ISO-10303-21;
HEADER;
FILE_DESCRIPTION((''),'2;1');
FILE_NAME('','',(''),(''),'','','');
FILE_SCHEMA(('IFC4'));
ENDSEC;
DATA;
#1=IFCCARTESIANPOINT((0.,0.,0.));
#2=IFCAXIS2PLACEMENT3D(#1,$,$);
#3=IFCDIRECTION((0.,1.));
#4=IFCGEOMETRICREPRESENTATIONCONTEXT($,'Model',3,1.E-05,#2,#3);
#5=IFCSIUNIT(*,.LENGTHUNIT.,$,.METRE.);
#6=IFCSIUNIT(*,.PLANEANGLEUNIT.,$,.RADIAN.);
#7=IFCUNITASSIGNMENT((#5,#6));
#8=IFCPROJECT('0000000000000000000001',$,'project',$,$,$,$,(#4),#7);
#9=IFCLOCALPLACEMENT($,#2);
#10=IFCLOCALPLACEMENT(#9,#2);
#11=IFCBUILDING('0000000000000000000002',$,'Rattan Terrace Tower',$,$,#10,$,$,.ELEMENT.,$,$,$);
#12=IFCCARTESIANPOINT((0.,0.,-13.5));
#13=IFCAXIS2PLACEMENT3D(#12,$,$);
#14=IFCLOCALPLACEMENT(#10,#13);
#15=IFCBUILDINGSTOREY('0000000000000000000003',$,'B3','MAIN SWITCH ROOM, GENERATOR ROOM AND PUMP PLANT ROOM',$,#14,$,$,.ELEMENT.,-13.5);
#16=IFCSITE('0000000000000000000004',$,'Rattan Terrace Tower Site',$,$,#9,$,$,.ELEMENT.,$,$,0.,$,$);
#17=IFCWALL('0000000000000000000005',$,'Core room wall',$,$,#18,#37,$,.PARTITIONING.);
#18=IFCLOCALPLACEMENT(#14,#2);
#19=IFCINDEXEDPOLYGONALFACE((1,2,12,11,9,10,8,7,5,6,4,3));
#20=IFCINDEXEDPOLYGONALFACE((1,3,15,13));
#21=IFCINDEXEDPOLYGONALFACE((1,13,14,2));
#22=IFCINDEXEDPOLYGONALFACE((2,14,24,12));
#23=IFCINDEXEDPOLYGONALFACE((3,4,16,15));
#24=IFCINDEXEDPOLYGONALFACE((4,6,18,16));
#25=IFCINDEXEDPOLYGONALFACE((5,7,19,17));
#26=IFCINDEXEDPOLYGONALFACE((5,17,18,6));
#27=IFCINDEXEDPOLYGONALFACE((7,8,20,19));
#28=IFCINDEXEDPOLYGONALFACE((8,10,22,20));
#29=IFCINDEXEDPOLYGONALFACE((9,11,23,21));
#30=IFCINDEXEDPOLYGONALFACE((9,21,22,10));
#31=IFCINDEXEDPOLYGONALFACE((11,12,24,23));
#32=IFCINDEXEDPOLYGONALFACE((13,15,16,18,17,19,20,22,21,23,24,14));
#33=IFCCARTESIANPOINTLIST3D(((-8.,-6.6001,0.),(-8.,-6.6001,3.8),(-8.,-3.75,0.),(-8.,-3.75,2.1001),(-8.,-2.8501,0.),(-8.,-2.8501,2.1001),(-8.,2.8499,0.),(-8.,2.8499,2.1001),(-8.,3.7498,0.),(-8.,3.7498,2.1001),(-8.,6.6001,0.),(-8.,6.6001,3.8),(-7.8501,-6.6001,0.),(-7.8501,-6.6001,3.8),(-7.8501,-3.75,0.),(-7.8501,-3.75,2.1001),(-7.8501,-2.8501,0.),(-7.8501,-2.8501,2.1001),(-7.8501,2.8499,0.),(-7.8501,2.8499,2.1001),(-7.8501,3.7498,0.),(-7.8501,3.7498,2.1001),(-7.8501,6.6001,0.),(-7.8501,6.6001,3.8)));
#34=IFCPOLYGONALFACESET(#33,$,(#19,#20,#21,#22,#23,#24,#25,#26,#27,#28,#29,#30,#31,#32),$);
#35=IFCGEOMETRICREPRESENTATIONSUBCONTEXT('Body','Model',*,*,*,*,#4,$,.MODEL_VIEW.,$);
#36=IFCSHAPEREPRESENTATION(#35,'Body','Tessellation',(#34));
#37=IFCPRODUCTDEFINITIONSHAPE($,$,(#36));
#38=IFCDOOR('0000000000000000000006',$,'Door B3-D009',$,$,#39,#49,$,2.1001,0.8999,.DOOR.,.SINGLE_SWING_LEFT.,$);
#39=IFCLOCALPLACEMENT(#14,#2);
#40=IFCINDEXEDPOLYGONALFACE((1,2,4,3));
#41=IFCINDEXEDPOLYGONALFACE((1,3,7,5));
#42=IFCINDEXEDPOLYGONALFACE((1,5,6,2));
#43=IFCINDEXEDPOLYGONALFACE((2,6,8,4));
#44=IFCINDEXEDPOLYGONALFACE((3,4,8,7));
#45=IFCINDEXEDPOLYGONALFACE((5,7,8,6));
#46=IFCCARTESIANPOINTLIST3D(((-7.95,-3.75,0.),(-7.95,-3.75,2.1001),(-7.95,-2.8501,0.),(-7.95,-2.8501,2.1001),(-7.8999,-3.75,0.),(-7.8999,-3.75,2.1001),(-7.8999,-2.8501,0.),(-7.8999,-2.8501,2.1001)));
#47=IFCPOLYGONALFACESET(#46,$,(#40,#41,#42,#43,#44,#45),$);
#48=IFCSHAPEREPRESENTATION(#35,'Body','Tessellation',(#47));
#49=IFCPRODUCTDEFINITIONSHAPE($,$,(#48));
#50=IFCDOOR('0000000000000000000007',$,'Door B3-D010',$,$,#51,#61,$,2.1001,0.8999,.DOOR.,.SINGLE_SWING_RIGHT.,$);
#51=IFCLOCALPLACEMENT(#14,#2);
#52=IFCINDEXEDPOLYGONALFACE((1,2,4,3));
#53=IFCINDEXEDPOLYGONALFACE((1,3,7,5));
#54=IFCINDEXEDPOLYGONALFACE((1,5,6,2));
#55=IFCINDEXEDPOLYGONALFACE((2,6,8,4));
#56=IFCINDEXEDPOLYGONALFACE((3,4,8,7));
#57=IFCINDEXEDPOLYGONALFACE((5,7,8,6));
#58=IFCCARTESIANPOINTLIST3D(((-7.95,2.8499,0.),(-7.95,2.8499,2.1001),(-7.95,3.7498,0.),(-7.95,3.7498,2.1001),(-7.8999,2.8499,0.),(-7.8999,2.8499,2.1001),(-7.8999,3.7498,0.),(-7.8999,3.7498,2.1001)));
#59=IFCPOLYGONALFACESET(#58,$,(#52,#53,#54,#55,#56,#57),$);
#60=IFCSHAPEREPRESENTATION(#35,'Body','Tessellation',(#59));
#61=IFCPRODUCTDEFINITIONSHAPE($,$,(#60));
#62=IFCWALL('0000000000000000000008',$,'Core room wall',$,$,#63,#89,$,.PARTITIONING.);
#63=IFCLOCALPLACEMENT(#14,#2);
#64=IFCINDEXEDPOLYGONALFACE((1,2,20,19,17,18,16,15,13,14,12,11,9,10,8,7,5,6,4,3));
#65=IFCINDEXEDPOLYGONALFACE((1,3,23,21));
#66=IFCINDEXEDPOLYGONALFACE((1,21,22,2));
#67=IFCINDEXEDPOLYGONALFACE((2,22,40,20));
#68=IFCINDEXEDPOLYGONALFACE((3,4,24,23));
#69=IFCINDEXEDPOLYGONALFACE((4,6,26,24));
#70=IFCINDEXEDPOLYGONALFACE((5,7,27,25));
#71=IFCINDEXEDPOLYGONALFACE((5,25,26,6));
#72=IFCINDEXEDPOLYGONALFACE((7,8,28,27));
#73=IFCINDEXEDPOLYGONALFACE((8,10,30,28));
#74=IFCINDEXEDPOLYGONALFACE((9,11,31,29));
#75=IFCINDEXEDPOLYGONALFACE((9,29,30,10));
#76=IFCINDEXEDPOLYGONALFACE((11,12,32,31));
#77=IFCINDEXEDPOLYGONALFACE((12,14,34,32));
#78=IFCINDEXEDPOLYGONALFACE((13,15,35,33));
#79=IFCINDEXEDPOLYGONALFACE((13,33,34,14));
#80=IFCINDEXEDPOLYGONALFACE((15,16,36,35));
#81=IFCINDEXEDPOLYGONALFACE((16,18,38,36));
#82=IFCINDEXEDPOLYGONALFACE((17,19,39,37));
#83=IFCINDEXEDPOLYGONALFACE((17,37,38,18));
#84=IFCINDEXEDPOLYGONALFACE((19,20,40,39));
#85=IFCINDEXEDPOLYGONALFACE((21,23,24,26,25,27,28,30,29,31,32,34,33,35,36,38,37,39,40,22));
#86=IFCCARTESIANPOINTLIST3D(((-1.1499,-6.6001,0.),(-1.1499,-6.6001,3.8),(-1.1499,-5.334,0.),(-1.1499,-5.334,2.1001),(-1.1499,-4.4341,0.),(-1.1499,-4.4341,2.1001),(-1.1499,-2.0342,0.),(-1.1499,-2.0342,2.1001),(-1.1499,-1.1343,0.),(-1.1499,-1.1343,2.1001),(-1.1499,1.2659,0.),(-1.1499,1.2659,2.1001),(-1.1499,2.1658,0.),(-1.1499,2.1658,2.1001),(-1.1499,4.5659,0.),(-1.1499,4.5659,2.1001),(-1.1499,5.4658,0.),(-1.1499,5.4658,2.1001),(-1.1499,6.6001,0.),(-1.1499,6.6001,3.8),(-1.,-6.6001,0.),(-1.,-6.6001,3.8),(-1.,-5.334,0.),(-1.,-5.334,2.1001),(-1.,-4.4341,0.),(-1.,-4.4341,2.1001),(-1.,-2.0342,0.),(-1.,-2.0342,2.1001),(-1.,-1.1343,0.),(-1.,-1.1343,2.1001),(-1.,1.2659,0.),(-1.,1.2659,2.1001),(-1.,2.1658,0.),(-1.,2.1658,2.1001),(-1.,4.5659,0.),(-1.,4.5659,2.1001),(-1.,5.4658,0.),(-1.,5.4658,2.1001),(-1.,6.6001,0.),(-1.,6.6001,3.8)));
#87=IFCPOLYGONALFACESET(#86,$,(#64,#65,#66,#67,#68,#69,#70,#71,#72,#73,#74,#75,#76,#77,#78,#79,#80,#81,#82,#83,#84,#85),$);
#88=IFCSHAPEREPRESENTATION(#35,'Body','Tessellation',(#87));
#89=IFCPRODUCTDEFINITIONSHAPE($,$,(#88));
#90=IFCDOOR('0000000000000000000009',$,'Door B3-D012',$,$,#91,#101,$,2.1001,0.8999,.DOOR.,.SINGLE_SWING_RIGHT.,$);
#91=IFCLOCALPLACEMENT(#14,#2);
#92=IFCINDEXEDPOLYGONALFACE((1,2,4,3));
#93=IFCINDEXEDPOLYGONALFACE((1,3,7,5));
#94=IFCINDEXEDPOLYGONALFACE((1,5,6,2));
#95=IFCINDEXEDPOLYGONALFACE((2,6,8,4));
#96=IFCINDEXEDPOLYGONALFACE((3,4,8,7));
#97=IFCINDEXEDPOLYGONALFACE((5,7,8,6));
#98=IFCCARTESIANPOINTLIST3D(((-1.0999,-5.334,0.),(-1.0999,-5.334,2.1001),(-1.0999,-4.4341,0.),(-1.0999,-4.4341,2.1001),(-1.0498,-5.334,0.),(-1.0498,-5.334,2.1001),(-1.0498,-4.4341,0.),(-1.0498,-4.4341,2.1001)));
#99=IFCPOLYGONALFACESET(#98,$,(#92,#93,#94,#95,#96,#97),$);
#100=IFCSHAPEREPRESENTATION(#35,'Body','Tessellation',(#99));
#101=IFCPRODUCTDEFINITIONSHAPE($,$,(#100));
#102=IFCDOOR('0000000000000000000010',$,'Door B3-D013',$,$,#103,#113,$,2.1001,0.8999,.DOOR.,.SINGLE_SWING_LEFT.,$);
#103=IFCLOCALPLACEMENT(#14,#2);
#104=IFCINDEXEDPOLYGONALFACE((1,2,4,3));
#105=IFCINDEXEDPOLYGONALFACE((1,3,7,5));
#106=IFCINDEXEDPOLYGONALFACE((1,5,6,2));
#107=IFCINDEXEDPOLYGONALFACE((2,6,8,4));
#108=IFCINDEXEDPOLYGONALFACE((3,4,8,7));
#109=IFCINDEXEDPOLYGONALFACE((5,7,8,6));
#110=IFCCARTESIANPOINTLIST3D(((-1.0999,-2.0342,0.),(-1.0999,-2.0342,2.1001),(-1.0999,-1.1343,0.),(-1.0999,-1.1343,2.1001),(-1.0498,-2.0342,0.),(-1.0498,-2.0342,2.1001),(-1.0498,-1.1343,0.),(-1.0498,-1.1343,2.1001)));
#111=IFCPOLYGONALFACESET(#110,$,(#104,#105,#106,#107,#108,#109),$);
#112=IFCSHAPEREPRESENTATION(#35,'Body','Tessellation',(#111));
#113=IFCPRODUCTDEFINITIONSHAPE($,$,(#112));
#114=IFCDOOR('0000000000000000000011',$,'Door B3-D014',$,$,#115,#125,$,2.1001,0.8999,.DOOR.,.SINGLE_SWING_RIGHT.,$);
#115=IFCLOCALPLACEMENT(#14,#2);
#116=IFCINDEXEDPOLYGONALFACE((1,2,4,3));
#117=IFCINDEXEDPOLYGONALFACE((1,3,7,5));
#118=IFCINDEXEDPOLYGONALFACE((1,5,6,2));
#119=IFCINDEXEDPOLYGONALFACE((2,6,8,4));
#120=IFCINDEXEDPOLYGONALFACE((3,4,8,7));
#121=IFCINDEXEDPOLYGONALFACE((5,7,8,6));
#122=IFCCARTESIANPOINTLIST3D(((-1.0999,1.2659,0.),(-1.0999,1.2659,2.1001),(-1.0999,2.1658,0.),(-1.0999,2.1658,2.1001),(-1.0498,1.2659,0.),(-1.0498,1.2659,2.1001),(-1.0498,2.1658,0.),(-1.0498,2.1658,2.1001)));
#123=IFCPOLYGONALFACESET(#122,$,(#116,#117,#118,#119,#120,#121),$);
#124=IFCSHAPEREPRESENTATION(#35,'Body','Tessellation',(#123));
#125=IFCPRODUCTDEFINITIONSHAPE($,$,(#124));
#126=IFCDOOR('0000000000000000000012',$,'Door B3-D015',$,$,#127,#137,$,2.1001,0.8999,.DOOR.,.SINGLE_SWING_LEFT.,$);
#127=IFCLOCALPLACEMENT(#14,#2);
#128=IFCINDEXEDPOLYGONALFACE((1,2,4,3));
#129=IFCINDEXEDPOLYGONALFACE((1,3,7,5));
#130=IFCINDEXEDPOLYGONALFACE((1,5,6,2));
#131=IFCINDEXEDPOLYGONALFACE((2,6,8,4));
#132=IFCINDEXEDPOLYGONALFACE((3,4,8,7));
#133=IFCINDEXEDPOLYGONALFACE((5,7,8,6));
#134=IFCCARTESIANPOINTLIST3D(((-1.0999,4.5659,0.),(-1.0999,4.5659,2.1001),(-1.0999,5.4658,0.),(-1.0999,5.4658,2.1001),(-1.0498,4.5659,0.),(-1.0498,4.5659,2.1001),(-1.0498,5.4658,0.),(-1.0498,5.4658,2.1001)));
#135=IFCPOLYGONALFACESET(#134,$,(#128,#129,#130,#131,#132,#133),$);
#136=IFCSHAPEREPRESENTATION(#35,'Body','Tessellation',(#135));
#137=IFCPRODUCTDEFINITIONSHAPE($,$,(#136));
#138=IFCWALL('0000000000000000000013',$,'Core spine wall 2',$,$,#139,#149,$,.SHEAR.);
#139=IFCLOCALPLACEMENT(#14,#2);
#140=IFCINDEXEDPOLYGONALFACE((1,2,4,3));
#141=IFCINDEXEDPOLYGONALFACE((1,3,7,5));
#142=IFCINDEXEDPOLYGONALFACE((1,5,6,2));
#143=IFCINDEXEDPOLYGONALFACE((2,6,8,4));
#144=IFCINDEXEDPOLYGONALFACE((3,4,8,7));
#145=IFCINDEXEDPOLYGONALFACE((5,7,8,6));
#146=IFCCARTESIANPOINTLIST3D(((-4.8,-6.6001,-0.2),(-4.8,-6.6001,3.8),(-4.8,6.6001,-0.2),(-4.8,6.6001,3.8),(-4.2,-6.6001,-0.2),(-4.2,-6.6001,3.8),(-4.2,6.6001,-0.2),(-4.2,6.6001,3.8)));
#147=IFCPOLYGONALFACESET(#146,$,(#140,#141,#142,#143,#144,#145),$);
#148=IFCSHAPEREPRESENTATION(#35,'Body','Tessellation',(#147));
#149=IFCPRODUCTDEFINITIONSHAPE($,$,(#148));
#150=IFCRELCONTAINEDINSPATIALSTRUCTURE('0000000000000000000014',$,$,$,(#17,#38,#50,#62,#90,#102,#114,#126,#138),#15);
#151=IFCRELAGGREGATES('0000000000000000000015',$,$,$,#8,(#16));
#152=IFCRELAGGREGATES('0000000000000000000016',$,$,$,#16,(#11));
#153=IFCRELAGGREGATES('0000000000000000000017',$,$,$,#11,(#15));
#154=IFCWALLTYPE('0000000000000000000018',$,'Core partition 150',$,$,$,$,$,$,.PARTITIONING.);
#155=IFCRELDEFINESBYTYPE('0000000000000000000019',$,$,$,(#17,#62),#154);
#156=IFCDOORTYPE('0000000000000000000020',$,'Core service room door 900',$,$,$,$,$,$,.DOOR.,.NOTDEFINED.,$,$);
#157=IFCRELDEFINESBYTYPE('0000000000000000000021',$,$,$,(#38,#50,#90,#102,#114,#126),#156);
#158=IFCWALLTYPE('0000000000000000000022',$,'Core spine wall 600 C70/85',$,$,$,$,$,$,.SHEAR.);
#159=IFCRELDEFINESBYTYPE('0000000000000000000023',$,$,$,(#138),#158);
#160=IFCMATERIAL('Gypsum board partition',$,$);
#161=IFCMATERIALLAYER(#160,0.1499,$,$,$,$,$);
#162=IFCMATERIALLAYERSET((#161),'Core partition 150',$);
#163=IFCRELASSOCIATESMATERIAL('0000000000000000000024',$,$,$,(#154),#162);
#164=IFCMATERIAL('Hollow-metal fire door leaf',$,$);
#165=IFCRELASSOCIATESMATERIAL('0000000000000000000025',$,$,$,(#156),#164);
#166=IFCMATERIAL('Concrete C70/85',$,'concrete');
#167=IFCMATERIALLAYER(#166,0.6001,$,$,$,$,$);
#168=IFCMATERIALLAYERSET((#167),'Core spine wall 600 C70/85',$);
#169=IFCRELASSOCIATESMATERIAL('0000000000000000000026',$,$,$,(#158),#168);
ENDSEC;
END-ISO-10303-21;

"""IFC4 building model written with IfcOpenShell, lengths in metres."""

from ifc_helpers import new_model, si_unit, direction, frame, frame_2d, origin, place, context, subcontext, project, spatial, rectangle, extrude, material, layer, layer_set, type_object, element, fill, save


model = new_model("IFC4")

# Units and contexts
model_context = context("Model", 3, precision=1e-05, world=origin(), true_north=direction((0.0, 1.0)))
body_context = subcontext(model_context, "Body", "Model", "MODEL_VIEW")
ifc_project = project(units=[si_unit("LENGTHUNIT", "METRE"), si_unit("PLANEANGLEUNIT", "RADIAN")], contexts=[model_context])

# Site, building, storey
site_placement = place(None, origin())
site = spatial("IfcSite", under=ifc_project, at=site_placement, Name="Rattan Terrace Tower Site", CompositionType="ELEMENT", RefElevation=0.0)
building_placement = place(site_placement, origin())
building = spatial("IfcBuilding", under=site, at=building_placement, Name="Rattan Terrace Tower", CompositionType="ELEMENT")
storey_placement = place(building_placement, frame((0.0, 0.0, -13.5)))
storey = spatial("IfcBuildingStorey", under=building, at=storey_placement, Name="B3", Description="MAIN SWITCH ROOM, GENERATOR ROOM AND PUMP PLANT ROOM", CompositionType="ELEMENT", Elevation=-13.5)

# Walls, openings, doors
ifc_material_1 = material(Name="Gypsum board partition")
ifc_layer_1 = layer(ifc_material_1, 0.1499)
ifc_layer_set_1 = layer_set([ifc_layer_1], Name="Core partition 150")
wall_type_1 = type_object("IfcWallType", Name="Core partition 150", PredefinedType="PARTITIONING", material=ifc_layer_set_1)
wall_1_placement = place(storey_placement, frame((-7.925, -6.6001, 0.0), z_axis=(0.0, 0.0, 1.0), x_axis=(0.0, 1.0, 0.0)))
wall_1 = element("IfcWall", 1, at=wall_1_placement, inside=storey, type_object=wall_type_1, Name="Core room wall", PredefinedType="PARTITIONING", context=body_context, shape_type="SweptSolid", body=[
    extrude(rectangle(XDim=13.2002, YDim=0.1499, at=frame_2d((6.6001, 0.0))), origin(), (0.0, 0.0, 1.0), 3.8),
])
opening_1_placement = place(wall_1_placement, frame((2.8501, 0.0, 0.0)))
opening_1 = element("IfcOpeningElement", 2, at=opening_1_placement, cuts=wall_1, PredefinedType="OPENING", context=body_context, shape_type="SweptSolid", body=[
    extrude(rectangle(XDim=0.8999, YDim=2.1001, at=frame_2d((0.45, 1.05))), frame((0.0, 0.0854, 0.0), z_axis=(0.0, -1.0, 0.0), x_axis=(1.0, 0.0, 0.0)), (0.0, 0.0, 1.0), 0.1709),
])
opening_2_placement = place(wall_1_placement, frame((9.45, 0.0, 0.0)))
opening_2 = element("IfcOpeningElement", 3, at=opening_2_placement, cuts=wall_1, PredefinedType="OPENING", context=body_context, shape_type="SweptSolid", body=[
    extrude(rectangle(XDim=0.8999, YDim=2.1001, at=frame_2d((0.45, 1.05))), frame((0.0, 0.0854, 0.0), z_axis=(0.0, -1.0, 0.0), x_axis=(1.0, 0.0, 0.0)), (0.0, 0.0, 1.0), 0.1709),
])
ifc_material_2 = material(Name="Hollow-metal fire door leaf")
door_type = type_object("IfcDoorType", Name="Core service room door 900", OperationType="NOTDEFINED", PredefinedType="DOOR", material=ifc_material_2)
door_1_placement = place(opening_1_placement, origin())
door_1 = element("IfcDoor", 4, at=door_1_placement, inside=storey, type_object=door_type, Name="Door B3-D009", OperationType="SINGLE_SWING_LEFT", OverallHeight=2.1001, OverallWidth=0.8999, PredefinedType="DOOR", context=body_context, shape_type="SweptSolid", body=[
    extrude(rectangle(XDim=0.8999, YDim=2.1001, at=frame_2d((0.45, 1.05))), frame((0.0, 0.0249, 0.0), z_axis=(0.0, -1.0, 0.0), x_axis=(1.0, 0.0, 0.0)), (0.0, 0.0, 1.0), 0.05),
])
fill(opening_1, door_1)
door_2_placement = place(opening_2_placement, origin())
door_2 = element("IfcDoor", 5, at=door_2_placement, inside=storey, type_object=door_type, Name="Door B3-D010", OperationType="SINGLE_SWING_RIGHT", OverallHeight=2.1001, OverallWidth=0.8999, PredefinedType="DOOR", context=body_context, shape_type="SweptSolid", body=[
    extrude(rectangle(XDim=0.8999, YDim=2.1001, at=frame_2d((0.45, 1.05))), frame((0.0, 0.0249, 0.0), z_axis=(0.0, -1.0, 0.0), x_axis=(1.0, 0.0, 0.0)), (0.0, 0.0, 1.0), 0.05),
])
fill(opening_2, door_2)
wall_2_placement = place(storey_placement, frame((-1.075, -6.6001, 0.0), z_axis=(0.0, 0.0, 1.0), x_axis=(0.0, 1.0, 0.0)))
wall_2 = element("IfcWall", 6, at=wall_2_placement, inside=storey, type_object=wall_type_1, Name="Core room wall", PredefinedType="PARTITIONING", context=body_context, shape_type="SweptSolid", body=[
    extrude(rectangle(XDim=13.2002, YDim=0.1499, at=frame_2d((6.6001, 0.0))), origin(), (0.0, 0.0, 1.0), 3.8),
])
opening_3_placement = place(wall_2_placement, frame((1.2661, 0.0, 0.0)))
opening_3 = element("IfcOpeningElement", 7, at=opening_3_placement, cuts=wall_2, PredefinedType="OPENING", context=body_context, shape_type="SweptSolid", body=[
    extrude(rectangle(XDim=0.8999, YDim=2.1001, at=frame_2d((0.45, 1.05))), frame((0.0, 0.0854, 0.0), z_axis=(0.0, -1.0, 0.0), x_axis=(1.0, 0.0, 0.0)), (0.0, 0.0, 1.0), 0.1709),
])
opening_4_placement = place(wall_2_placement, frame((4.5659, 0.0, 0.0)))
opening_4 = element("IfcOpeningElement", 8, at=opening_4_placement, cuts=wall_2, PredefinedType="OPENING", context=body_context, shape_type="SweptSolid", body=[
    extrude(rectangle(XDim=0.8999, YDim=2.1001, at=frame_2d((0.45, 1.05))), frame((0.0, 0.0854, 0.0), z_axis=(0.0, -1.0, 0.0), x_axis=(1.0, 0.0, 0.0)), (0.0, 0.0, 1.0), 0.1709),
])
opening_5_placement = place(wall_2_placement, frame((7.866, 0.0, 0.0)))
opening_5 = element("IfcOpeningElement", 9, at=opening_5_placement, cuts=wall_2, PredefinedType="OPENING", context=body_context, shape_type="SweptSolid", body=[
    extrude(rectangle(XDim=0.8999, YDim=2.1001, at=frame_2d((0.45, 1.05))), frame((0.0, 0.0854, 0.0), z_axis=(0.0, -1.0, 0.0), x_axis=(1.0, 0.0, 0.0)), (0.0, 0.0, 1.0), 0.1709),
])
opening_6_placement = place(wall_2_placement, frame((11.166, 0.0, 0.0)))
opening_6 = element("IfcOpeningElement", 10, at=opening_6_placement, cuts=wall_2, PredefinedType="OPENING", context=body_context, shape_type="SweptSolid", body=[
    extrude(rectangle(XDim=0.8999, YDim=2.1001, at=frame_2d((0.45, 1.05))), frame((0.0, 0.0854, 0.0), z_axis=(0.0, -1.0, 0.0), x_axis=(1.0, 0.0, 0.0)), (0.0, 0.0, 1.0), 0.1709),
])
door_3_placement = place(opening_3_placement, origin())
door_3 = element("IfcDoor", 11, at=door_3_placement, inside=storey, type_object=door_type, Name="Door B3-D012", OperationType="SINGLE_SWING_RIGHT", OverallHeight=2.1001, OverallWidth=0.8999, PredefinedType="DOOR", context=body_context, shape_type="SweptSolid", body=[
    extrude(rectangle(XDim=0.8999, YDim=2.1001, at=frame_2d((0.45, 1.05))), frame((0.0, 0.0249, 0.0), z_axis=(0.0, -1.0, 0.0), x_axis=(1.0, 0.0, 0.0)), (0.0, 0.0, 1.0), 0.05),
])
fill(opening_3, door_3)
door_4_placement = place(opening_4_placement, origin())
door_4 = element("IfcDoor", 12, at=door_4_placement, inside=storey, type_object=door_type, Name="Door B3-D013", OperationType="SINGLE_SWING_LEFT", OverallHeight=2.1001, OverallWidth=0.8999, PredefinedType="DOOR", context=body_context, shape_type="SweptSolid", body=[
    extrude(rectangle(XDim=0.8999, YDim=2.1001, at=frame_2d((0.45, 1.05))), frame((0.0, 0.0249, 0.0), z_axis=(0.0, -1.0, 0.0), x_axis=(1.0, 0.0, 0.0)), (0.0, 0.0, 1.0), 0.05),
])
fill(opening_4, door_4)
door_5_placement = place(opening_5_placement, origin())
door_5 = element("IfcDoor", 13, at=door_5_placement, inside=storey, type_object=door_type, Name="Door B3-D014", OperationType="SINGLE_SWING_RIGHT", OverallHeight=2.1001, OverallWidth=0.8999, PredefinedType="DOOR", context=body_context, shape_type="SweptSolid", body=[
    extrude(rectangle(XDim=0.8999, YDim=2.1001, at=frame_2d((0.45, 1.05))), frame((0.0, 0.0249, 0.0), z_axis=(0.0, -1.0, 0.0), x_axis=(1.0, 0.0, 0.0)), (0.0, 0.0, 1.0), 0.05),
])
fill(opening_5, door_5)
door_6_placement = place(opening_6_placement, origin())
door_6 = element("IfcDoor", 14, at=door_6_placement, inside=storey, type_object=door_type, Name="Door B3-D015", OperationType="SINGLE_SWING_LEFT", OverallHeight=2.1001, OverallWidth=0.8999, PredefinedType="DOOR", context=body_context, shape_type="SweptSolid", body=[
    extrude(rectangle(XDim=0.8999, YDim=2.1001, at=frame_2d((0.45, 1.05))), frame((0.0, 0.0249, 0.0), z_axis=(0.0, -1.0, 0.0), x_axis=(1.0, 0.0, 0.0)), (0.0, 0.0, 1.0), 0.05),
])
fill(opening_6, door_6)

# Wall
ifc_material_3 = material(Name="Concrete C70/85", Category="concrete")
ifc_layer_2 = layer(ifc_material_3, 0.6001)
ifc_layer_set_2 = layer_set([ifc_layer_2], Name="Core spine wall 600 C70/85")
wall_type_2 = type_object("IfcWallType", Name="Core spine wall 600 C70/85", PredefinedType="SHEAR", material=ifc_layer_set_2)
wall_3_placement = place(storey_placement, frame((-4.5, -6.6001, -0.2), z_axis=(0.0, 0.0, 1.0), x_axis=(0.0, 1.0, 0.0)))
element("IfcWall", 15, at=wall_3_placement, inside=storey, type_object=wall_type_2, Name="Core spine wall 2", PredefinedType="SHEAR", context=body_context, shape_type="SweptSolid", body=[
    extrude(rectangle(XDim=13.2002, YDim=0.6001, at=frame_2d((6.6001, 0.0))), origin(), (0.0, 0.0, 1.0), 4.0),
])

save(model, "model.ifc")
